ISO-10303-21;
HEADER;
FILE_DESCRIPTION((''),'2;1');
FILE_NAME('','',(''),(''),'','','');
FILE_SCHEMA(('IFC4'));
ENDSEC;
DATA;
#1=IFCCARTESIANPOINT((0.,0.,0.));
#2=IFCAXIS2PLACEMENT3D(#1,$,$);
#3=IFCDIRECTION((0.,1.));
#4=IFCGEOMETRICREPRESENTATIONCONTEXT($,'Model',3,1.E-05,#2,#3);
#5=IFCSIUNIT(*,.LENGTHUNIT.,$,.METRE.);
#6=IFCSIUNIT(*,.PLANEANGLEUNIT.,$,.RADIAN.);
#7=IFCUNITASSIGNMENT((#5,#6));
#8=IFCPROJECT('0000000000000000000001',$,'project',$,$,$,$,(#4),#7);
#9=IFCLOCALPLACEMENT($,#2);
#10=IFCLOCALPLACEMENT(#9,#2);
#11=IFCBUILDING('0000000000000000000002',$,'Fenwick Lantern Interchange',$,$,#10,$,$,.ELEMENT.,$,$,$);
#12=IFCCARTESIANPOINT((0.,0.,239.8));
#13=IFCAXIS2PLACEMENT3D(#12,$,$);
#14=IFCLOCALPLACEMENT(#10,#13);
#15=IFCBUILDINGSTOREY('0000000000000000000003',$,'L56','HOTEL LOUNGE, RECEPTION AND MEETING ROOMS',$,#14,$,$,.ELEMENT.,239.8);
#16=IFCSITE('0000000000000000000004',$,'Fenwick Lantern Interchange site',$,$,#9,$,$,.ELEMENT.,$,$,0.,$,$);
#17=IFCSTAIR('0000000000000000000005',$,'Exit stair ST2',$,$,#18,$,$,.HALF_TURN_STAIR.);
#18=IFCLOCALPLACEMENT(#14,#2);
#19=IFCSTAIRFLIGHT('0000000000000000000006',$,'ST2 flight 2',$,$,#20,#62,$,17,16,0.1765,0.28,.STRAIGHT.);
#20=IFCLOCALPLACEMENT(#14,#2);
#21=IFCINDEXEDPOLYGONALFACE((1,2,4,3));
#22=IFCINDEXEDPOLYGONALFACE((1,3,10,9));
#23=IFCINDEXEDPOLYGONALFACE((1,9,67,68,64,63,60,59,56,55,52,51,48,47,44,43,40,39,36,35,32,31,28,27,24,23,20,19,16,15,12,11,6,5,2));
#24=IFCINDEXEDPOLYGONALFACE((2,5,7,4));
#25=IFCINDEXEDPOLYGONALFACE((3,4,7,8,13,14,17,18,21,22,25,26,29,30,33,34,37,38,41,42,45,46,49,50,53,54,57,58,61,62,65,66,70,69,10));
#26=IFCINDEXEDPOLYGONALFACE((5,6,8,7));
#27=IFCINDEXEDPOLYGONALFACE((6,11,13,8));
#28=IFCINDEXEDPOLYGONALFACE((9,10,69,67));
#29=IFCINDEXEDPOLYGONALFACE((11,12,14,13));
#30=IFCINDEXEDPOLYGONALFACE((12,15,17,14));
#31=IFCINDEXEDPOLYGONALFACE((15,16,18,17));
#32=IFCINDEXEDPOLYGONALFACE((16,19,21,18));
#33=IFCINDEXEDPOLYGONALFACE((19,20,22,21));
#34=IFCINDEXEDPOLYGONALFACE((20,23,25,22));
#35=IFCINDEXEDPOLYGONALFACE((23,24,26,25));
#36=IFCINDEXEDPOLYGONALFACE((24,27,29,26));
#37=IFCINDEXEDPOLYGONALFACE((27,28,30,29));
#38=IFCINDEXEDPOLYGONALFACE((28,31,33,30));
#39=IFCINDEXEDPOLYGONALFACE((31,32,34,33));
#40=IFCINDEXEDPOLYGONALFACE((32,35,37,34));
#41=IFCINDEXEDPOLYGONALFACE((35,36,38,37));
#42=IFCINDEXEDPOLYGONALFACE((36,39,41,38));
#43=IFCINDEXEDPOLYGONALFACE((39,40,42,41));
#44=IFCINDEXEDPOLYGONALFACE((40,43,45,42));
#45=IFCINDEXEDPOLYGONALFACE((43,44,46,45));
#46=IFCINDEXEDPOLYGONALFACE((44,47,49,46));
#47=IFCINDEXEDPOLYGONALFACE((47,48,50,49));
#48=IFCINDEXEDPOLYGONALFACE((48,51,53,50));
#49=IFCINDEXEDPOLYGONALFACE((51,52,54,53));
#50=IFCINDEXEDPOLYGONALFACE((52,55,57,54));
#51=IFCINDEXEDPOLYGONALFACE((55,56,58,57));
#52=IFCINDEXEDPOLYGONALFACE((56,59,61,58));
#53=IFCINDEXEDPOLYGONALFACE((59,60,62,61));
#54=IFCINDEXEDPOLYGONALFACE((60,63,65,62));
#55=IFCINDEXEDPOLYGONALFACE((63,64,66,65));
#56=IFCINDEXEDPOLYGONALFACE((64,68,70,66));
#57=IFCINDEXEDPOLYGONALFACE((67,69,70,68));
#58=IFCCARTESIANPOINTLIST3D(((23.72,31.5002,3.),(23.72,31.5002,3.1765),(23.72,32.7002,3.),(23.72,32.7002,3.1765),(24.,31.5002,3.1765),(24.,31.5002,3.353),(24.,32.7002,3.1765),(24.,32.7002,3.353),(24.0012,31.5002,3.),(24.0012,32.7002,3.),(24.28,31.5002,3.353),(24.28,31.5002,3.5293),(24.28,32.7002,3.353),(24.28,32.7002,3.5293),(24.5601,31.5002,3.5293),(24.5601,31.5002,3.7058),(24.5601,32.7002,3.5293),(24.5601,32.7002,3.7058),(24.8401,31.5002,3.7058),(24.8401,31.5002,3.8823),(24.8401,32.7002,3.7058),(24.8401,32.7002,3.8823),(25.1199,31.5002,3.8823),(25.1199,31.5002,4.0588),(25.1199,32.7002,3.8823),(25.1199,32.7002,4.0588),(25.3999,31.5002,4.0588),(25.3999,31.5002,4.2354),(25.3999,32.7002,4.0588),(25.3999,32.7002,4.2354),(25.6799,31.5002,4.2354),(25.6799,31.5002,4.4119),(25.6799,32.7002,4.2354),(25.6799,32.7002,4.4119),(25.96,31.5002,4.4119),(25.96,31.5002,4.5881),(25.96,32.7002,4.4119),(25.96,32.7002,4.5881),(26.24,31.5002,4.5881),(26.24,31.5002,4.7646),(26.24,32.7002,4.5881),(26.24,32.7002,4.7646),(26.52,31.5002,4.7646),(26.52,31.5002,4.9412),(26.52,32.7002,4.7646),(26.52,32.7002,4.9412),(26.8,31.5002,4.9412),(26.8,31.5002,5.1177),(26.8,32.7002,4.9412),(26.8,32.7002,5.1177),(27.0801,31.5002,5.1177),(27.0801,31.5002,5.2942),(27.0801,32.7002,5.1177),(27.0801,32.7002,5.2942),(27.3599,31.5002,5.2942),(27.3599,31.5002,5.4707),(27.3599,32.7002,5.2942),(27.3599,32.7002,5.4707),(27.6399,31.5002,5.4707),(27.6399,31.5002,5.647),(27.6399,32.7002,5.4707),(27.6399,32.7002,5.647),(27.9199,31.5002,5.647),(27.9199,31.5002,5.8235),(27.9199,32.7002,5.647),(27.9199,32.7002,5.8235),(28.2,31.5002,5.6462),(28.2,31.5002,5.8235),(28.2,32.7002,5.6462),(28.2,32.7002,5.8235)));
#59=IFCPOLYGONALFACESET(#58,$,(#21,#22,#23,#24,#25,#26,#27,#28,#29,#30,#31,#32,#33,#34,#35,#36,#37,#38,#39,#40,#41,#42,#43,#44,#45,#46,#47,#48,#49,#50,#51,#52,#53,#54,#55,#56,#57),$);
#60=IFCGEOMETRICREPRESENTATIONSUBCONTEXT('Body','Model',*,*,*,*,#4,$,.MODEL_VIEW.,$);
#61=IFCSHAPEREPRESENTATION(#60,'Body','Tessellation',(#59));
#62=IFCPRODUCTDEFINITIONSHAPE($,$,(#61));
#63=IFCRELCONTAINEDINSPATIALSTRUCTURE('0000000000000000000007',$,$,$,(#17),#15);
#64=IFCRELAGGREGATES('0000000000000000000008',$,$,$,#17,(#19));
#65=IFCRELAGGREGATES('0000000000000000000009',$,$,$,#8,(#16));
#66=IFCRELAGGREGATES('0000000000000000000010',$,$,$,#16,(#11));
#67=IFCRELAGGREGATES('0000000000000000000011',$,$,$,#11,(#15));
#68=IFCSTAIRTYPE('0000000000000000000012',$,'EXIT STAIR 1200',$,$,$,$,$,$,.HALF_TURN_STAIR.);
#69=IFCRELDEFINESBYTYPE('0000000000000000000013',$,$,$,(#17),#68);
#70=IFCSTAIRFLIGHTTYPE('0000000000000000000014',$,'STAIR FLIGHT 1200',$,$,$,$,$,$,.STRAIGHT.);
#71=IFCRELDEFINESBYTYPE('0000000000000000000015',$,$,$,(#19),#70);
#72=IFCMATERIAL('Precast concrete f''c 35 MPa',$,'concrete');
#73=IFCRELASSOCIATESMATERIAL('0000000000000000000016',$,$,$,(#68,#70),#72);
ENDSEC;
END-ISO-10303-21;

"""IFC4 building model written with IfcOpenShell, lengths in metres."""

from ifc_helpers import new_model, si_unit, direction, frame, origin, place, context, subcontext, project, spatial, polyline, outline, extrude, material, type_object, element, aggregate, save


model = new_model("IFC4")

# Units and contexts
model_context = context("Model", 3, precision=1e-05, world=origin(), true_north=direction((0.0, 1.0)))
body_context = subcontext(model_context, "Body", "Model", "MODEL_VIEW")
ifc_project = project(units=[si_unit("LENGTHUNIT", "METRE"), si_unit("PLANEANGLEUNIT", "RADIAN")], contexts=[model_context])

# Site, building, storey
site_placement = place(None, origin())
site = spatial("IfcSite", under=ifc_project, at=site_placement, Name="Fenwick Lantern Interchange site", CompositionType="ELEMENT", RefElevation=0.0)
building_placement = place(site_placement, origin())
building = spatial("IfcBuilding", under=site, at=building_placement, Name="Fenwick Lantern Interchange", CompositionType="ELEMENT")
storey_placement = place(building_placement, frame((0.0, 0.0, 239.8)))
storey = spatial("IfcBuildingStorey", under=building, at=storey_placement, Name="L56", Description="HOTEL LOUNGE, RECEPTION AND MEETING ROOMS", CompositionType="ELEMENT", Elevation=239.8)

# Stair, stair flight
ifc_material_1 = material(Name="Precast concrete f'c 35 MPa", Category="concrete")
stair_type = type_object("IfcStairType", Name="EXIT STAIR 1200", PredefinedType="HALF_TURN_STAIR", material=ifc_material_1)
stair_placement = place(storey_placement, origin())
stair = element("IfcStair", 1, at=stair_placement, inside=storey, type_object=stair_type, Name="Exit stair ST2", PredefinedType="HALF_TURN_STAIR")
stair_flight_type = type_object("IfcStairFlightType", Name="STAIR FLIGHT 1200", PredefinedType="STRAIGHT", material=ifc_material_1)
stair_flight_1_placement = place(storey_placement, frame((23.72, 32.1001, 3.0), z_axis=(0.0, 0.0, 1.0), x_axis=(1.0, 0.0, 0.0)))
stair_flight_1 = element("IfcStairFlight", 2, at=stair_flight_1_placement, type_object=stair_flight_type, Name="ST2 flight 2", NumberOfRisers=17, NumberOfTreads=16, PredefinedType="STRAIGHT", RiserHeight=0.1765, TreadLength=0.28, context=body_context, shape_type="SweptSolid", body=[
    extrude(outline(polyline([(0.0, 0.0), (0.0, 0.1765), (0.28, 0.1765), (0.28, 0.353), (0.5601, 0.353), (0.5601, 0.5293), (0.8401, 0.5293), (0.8401, 0.7058), (1.1201, 0.7058), (1.1201, 0.8823), (1.3999, 0.8823), (1.3999, 1.0588), (1.6799, 1.0588), (1.6799, 1.2354), (1.96, 1.2354), (1.96, 1.4119), (2.24, 1.4119), (2.24, 1.5881), (2.52, 1.5881), (2.52, 1.7646), (2.8, 1.7646), (2.8, 1.9412), (3.0801, 1.9412), (3.0801, 2.1177), (3.3601, 2.1177), (3.3601, 2.2942), (3.6399, 2.2942), (3.6399, 2.4707), (3.9199, 2.4707), (3.9199, 2.647), (4.2, 2.647), (4.2, 2.8235), (4.48, 2.8235), (4.48, 3.0), (4.48, 2.6462), (0.2812, 0.0), (0.0, 0.0)])), frame((0.0, 0.6001, 0.0), z_axis=(0.0, -1.0, 0.0), x_axis=(1.0, 0.0, 0.0)), (0.0, 0.0, 1.0), 1.2),
])
aggregate(stair, [stair_flight_1])

save(model, "model.ifc")
